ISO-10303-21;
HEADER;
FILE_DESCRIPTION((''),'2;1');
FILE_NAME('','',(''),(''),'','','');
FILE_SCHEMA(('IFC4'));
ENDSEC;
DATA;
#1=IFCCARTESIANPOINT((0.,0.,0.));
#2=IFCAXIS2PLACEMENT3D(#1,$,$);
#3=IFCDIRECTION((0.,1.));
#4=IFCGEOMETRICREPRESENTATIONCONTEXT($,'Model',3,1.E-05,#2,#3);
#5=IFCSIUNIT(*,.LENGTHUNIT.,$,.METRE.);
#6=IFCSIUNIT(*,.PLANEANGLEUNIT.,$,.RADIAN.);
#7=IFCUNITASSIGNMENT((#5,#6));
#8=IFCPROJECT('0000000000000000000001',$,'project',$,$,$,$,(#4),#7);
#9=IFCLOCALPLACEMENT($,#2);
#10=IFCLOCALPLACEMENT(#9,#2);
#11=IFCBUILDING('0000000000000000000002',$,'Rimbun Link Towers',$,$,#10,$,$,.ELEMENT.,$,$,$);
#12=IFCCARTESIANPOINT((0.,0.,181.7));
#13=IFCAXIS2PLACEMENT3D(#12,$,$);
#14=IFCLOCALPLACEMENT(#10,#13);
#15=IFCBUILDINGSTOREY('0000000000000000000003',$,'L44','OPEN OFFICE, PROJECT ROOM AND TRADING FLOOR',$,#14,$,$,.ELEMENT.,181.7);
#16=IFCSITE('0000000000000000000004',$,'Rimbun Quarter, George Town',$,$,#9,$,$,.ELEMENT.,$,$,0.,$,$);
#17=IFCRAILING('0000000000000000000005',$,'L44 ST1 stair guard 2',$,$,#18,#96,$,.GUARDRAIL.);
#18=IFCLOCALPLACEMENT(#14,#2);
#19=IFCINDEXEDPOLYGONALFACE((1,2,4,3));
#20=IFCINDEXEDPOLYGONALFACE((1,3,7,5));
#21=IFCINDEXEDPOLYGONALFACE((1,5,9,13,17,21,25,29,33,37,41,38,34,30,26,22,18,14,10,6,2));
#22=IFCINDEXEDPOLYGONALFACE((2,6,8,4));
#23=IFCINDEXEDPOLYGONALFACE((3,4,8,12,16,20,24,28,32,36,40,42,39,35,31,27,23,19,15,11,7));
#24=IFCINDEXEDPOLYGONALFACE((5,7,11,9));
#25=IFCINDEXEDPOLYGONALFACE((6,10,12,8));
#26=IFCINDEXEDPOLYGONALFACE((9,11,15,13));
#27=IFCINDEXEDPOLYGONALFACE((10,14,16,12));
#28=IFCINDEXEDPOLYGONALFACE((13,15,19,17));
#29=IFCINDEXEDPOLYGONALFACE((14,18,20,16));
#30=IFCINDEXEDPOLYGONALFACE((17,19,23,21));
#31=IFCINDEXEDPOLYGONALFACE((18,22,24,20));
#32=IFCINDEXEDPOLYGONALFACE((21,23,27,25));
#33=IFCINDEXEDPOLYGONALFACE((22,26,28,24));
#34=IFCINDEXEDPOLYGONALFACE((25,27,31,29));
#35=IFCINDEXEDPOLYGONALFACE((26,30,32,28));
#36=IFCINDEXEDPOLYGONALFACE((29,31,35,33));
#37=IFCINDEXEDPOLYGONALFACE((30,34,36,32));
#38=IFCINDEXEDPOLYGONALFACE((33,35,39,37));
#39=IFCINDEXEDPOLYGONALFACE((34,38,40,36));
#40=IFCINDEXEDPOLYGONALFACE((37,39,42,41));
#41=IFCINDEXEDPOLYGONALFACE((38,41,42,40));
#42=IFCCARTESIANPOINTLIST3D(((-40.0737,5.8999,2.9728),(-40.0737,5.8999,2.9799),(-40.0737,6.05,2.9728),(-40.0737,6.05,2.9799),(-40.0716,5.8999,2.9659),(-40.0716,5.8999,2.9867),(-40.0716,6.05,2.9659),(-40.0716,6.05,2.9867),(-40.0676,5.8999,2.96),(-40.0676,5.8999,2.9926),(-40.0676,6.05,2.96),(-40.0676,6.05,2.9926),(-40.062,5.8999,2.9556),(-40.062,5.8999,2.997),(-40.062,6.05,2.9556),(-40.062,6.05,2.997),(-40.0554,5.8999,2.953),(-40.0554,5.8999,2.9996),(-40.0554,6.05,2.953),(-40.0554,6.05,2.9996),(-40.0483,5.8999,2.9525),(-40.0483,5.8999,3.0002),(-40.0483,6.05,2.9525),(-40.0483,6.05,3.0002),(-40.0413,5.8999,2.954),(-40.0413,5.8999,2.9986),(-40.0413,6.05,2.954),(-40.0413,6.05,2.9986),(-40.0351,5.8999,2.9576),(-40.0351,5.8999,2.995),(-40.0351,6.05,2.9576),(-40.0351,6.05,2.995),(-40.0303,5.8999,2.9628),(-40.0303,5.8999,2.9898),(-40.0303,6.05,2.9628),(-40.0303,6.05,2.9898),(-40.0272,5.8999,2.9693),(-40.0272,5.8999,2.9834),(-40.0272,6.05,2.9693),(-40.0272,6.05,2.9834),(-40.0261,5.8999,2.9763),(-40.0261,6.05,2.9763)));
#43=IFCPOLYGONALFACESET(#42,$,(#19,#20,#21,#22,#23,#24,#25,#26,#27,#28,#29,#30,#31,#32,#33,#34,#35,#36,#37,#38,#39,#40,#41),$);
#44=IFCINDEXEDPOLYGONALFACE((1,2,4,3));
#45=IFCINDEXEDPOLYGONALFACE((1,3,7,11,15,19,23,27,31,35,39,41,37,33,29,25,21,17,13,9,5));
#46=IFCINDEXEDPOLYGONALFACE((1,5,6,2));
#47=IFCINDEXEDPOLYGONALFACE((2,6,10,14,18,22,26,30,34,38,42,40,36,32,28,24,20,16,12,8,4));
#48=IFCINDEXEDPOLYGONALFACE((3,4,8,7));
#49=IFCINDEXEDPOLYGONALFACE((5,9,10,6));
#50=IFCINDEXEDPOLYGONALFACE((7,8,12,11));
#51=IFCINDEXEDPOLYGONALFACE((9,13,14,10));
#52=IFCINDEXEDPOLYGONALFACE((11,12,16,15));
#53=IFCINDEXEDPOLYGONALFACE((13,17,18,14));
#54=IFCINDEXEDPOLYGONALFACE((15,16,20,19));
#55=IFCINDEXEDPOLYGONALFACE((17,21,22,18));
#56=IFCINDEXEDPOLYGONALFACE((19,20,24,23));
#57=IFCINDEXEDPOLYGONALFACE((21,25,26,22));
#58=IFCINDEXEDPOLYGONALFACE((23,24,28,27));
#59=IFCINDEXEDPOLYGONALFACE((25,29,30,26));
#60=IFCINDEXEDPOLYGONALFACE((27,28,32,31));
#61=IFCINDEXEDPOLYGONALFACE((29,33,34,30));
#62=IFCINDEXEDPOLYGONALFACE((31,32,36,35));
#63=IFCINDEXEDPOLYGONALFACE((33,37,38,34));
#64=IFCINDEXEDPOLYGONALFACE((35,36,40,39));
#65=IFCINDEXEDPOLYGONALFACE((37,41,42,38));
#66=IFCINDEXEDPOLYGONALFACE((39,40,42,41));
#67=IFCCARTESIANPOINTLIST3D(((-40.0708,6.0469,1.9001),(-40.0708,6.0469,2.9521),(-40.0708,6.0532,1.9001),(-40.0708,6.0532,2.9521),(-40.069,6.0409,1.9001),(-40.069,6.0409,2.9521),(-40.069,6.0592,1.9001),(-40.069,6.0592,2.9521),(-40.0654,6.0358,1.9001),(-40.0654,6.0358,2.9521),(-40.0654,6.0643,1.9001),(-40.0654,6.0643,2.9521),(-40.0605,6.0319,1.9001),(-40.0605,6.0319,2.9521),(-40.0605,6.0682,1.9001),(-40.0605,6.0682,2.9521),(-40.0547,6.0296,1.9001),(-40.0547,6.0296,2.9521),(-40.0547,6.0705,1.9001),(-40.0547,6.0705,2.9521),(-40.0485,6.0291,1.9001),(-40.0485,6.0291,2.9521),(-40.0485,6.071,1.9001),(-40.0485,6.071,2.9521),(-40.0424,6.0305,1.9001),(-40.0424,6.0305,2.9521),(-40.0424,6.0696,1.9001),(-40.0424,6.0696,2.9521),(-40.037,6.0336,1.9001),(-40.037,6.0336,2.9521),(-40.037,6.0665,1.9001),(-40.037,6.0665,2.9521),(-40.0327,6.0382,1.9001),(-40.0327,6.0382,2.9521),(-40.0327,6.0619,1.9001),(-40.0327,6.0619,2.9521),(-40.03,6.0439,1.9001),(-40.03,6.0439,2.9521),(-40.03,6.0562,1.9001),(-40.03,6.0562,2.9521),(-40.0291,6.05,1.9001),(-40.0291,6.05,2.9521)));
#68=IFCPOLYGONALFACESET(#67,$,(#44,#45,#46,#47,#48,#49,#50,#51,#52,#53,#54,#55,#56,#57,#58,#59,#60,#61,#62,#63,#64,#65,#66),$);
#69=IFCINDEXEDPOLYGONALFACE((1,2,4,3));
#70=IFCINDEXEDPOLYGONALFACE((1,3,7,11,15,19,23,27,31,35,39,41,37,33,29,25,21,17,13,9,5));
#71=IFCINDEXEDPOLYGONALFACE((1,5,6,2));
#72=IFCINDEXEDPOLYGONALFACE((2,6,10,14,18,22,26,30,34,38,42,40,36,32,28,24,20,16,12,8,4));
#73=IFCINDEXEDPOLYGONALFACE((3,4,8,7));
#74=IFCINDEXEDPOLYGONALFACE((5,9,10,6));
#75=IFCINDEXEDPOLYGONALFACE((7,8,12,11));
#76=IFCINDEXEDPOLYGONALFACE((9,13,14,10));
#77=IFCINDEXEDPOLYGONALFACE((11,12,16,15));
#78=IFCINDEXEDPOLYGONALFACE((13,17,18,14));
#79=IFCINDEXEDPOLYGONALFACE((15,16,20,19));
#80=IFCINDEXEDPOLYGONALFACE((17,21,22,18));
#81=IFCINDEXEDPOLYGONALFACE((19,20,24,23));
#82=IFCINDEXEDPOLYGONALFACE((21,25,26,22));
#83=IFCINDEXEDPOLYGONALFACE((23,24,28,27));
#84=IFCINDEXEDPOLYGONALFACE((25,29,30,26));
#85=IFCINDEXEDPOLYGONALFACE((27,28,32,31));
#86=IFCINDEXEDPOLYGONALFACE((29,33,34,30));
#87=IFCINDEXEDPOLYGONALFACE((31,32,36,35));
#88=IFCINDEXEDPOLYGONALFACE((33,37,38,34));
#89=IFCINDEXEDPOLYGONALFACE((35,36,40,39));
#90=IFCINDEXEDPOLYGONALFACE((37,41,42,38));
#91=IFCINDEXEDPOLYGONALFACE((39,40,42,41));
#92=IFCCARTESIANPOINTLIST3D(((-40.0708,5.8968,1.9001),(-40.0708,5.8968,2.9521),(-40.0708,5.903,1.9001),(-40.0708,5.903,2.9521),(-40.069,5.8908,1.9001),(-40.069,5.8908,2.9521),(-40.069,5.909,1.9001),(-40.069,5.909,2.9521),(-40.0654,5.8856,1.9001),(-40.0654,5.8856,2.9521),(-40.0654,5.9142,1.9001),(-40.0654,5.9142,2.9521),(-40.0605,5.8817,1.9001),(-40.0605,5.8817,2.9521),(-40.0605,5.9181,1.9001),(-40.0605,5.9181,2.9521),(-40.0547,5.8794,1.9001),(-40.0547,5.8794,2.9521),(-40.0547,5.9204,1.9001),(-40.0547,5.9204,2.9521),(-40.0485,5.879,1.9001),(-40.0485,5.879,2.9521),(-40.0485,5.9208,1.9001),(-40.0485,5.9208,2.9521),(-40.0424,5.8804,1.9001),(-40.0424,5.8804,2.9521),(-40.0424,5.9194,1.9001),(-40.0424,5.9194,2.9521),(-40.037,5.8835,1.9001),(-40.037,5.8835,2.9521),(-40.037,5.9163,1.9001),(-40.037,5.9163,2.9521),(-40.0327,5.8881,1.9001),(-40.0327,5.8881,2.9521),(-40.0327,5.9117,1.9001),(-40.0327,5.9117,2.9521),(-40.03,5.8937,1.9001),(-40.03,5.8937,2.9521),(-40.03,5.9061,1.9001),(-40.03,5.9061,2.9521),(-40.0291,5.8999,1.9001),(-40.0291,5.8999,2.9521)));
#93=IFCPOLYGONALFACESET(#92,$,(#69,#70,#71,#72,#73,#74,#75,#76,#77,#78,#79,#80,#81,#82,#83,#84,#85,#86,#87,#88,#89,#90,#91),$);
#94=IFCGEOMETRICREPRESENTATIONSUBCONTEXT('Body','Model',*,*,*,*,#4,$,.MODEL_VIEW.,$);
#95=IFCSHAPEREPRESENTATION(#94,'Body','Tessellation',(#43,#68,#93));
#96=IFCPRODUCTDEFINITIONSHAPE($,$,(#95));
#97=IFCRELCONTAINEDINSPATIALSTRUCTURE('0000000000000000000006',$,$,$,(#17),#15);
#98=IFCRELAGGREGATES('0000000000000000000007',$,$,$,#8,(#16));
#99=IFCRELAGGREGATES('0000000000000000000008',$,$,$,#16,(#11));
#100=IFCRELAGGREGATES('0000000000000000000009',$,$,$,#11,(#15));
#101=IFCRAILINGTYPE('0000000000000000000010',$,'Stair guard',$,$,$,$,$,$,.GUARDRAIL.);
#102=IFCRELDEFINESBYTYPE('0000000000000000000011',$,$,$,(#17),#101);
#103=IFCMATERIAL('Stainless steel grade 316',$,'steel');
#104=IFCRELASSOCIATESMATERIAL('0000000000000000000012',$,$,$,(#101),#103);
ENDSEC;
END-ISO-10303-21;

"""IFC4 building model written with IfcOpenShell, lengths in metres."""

from ifc_helpers import new_model, si_unit, direction, frame, origin, origin_2d, place, context, subcontext, project, spatial, circle, extrude, material, type_object, element, save


model = new_model("IFC4")

# Units and contexts
model_context = context("Model", 3, precision=1e-05, world=origin(), true_north=direction((0.0, 1.0)))
body_context = subcontext(model_context, "Body", "Model", "MODEL_VIEW")
ifc_project = project(units=[si_unit("LENGTHUNIT", "METRE"), si_unit("PLANEANGLEUNIT", "RADIAN")], contexts=[model_context])

# Site, building, storey
site_placement = place(None, origin())
site = spatial("IfcSite", under=ifc_project, at=site_placement, Name="Rimbun Quarter, George Town", CompositionType="ELEMENT", RefElevation=0.0)
building_placement = place(site_placement, origin())
building = spatial("IfcBuilding", under=site, at=building_placement, Name="Rimbun Link Towers", CompositionType="ELEMENT")
storey_placement = place(building_placement, frame((0.0, 0.0, 181.7)))
storey = spatial("IfcBuildingStorey", under=building, at=storey_placement, Name="L44", Description="OPEN OFFICE, PROJECT ROOM AND TRADING FLOOR", CompositionType="ELEMENT", Elevation=181.7)

# Railing
ifc_material_1 = material(Name="Stainless steel grade 316", Category="steel")
railing_type_1 = type_object("IfcRailingType", Name="Stair guard", PredefinedType="GUARDRAIL", material=ifc_material_1)
railing_1_placement = place(storey_placement, frame((-40.05, 6.05, 1.9001)))
element("IfcRailing", 1, at=railing_1_placement, inside=storey, type_object=railing_type_1, Name="L44 ST1 stair guard 2", PredefinedType="GUARDRAIL", context=body_context, shape_type="SweptSolid", body=[
    extrude(circle(Radius=0.0239, at=origin_2d()), frame((0.0, 0.0, 1.0762), z_axis=(0.0, -1.0, 0.0), x_axis=(1.0, 0.0, 0.0)), (0.0, 0.0, 1.0), 0.1501),
    extrude(circle(Radius=0.021, at=origin_2d()), origin(), (0.0, 0.0, 1.0), 1.052),
    extrude(circle(Radius=0.021, at=origin_2d()), frame((0.0, -0.1501, 0.0)), (0.0, 0.0, 1.0), 1.052),
])

save(model, "model.ifc")
